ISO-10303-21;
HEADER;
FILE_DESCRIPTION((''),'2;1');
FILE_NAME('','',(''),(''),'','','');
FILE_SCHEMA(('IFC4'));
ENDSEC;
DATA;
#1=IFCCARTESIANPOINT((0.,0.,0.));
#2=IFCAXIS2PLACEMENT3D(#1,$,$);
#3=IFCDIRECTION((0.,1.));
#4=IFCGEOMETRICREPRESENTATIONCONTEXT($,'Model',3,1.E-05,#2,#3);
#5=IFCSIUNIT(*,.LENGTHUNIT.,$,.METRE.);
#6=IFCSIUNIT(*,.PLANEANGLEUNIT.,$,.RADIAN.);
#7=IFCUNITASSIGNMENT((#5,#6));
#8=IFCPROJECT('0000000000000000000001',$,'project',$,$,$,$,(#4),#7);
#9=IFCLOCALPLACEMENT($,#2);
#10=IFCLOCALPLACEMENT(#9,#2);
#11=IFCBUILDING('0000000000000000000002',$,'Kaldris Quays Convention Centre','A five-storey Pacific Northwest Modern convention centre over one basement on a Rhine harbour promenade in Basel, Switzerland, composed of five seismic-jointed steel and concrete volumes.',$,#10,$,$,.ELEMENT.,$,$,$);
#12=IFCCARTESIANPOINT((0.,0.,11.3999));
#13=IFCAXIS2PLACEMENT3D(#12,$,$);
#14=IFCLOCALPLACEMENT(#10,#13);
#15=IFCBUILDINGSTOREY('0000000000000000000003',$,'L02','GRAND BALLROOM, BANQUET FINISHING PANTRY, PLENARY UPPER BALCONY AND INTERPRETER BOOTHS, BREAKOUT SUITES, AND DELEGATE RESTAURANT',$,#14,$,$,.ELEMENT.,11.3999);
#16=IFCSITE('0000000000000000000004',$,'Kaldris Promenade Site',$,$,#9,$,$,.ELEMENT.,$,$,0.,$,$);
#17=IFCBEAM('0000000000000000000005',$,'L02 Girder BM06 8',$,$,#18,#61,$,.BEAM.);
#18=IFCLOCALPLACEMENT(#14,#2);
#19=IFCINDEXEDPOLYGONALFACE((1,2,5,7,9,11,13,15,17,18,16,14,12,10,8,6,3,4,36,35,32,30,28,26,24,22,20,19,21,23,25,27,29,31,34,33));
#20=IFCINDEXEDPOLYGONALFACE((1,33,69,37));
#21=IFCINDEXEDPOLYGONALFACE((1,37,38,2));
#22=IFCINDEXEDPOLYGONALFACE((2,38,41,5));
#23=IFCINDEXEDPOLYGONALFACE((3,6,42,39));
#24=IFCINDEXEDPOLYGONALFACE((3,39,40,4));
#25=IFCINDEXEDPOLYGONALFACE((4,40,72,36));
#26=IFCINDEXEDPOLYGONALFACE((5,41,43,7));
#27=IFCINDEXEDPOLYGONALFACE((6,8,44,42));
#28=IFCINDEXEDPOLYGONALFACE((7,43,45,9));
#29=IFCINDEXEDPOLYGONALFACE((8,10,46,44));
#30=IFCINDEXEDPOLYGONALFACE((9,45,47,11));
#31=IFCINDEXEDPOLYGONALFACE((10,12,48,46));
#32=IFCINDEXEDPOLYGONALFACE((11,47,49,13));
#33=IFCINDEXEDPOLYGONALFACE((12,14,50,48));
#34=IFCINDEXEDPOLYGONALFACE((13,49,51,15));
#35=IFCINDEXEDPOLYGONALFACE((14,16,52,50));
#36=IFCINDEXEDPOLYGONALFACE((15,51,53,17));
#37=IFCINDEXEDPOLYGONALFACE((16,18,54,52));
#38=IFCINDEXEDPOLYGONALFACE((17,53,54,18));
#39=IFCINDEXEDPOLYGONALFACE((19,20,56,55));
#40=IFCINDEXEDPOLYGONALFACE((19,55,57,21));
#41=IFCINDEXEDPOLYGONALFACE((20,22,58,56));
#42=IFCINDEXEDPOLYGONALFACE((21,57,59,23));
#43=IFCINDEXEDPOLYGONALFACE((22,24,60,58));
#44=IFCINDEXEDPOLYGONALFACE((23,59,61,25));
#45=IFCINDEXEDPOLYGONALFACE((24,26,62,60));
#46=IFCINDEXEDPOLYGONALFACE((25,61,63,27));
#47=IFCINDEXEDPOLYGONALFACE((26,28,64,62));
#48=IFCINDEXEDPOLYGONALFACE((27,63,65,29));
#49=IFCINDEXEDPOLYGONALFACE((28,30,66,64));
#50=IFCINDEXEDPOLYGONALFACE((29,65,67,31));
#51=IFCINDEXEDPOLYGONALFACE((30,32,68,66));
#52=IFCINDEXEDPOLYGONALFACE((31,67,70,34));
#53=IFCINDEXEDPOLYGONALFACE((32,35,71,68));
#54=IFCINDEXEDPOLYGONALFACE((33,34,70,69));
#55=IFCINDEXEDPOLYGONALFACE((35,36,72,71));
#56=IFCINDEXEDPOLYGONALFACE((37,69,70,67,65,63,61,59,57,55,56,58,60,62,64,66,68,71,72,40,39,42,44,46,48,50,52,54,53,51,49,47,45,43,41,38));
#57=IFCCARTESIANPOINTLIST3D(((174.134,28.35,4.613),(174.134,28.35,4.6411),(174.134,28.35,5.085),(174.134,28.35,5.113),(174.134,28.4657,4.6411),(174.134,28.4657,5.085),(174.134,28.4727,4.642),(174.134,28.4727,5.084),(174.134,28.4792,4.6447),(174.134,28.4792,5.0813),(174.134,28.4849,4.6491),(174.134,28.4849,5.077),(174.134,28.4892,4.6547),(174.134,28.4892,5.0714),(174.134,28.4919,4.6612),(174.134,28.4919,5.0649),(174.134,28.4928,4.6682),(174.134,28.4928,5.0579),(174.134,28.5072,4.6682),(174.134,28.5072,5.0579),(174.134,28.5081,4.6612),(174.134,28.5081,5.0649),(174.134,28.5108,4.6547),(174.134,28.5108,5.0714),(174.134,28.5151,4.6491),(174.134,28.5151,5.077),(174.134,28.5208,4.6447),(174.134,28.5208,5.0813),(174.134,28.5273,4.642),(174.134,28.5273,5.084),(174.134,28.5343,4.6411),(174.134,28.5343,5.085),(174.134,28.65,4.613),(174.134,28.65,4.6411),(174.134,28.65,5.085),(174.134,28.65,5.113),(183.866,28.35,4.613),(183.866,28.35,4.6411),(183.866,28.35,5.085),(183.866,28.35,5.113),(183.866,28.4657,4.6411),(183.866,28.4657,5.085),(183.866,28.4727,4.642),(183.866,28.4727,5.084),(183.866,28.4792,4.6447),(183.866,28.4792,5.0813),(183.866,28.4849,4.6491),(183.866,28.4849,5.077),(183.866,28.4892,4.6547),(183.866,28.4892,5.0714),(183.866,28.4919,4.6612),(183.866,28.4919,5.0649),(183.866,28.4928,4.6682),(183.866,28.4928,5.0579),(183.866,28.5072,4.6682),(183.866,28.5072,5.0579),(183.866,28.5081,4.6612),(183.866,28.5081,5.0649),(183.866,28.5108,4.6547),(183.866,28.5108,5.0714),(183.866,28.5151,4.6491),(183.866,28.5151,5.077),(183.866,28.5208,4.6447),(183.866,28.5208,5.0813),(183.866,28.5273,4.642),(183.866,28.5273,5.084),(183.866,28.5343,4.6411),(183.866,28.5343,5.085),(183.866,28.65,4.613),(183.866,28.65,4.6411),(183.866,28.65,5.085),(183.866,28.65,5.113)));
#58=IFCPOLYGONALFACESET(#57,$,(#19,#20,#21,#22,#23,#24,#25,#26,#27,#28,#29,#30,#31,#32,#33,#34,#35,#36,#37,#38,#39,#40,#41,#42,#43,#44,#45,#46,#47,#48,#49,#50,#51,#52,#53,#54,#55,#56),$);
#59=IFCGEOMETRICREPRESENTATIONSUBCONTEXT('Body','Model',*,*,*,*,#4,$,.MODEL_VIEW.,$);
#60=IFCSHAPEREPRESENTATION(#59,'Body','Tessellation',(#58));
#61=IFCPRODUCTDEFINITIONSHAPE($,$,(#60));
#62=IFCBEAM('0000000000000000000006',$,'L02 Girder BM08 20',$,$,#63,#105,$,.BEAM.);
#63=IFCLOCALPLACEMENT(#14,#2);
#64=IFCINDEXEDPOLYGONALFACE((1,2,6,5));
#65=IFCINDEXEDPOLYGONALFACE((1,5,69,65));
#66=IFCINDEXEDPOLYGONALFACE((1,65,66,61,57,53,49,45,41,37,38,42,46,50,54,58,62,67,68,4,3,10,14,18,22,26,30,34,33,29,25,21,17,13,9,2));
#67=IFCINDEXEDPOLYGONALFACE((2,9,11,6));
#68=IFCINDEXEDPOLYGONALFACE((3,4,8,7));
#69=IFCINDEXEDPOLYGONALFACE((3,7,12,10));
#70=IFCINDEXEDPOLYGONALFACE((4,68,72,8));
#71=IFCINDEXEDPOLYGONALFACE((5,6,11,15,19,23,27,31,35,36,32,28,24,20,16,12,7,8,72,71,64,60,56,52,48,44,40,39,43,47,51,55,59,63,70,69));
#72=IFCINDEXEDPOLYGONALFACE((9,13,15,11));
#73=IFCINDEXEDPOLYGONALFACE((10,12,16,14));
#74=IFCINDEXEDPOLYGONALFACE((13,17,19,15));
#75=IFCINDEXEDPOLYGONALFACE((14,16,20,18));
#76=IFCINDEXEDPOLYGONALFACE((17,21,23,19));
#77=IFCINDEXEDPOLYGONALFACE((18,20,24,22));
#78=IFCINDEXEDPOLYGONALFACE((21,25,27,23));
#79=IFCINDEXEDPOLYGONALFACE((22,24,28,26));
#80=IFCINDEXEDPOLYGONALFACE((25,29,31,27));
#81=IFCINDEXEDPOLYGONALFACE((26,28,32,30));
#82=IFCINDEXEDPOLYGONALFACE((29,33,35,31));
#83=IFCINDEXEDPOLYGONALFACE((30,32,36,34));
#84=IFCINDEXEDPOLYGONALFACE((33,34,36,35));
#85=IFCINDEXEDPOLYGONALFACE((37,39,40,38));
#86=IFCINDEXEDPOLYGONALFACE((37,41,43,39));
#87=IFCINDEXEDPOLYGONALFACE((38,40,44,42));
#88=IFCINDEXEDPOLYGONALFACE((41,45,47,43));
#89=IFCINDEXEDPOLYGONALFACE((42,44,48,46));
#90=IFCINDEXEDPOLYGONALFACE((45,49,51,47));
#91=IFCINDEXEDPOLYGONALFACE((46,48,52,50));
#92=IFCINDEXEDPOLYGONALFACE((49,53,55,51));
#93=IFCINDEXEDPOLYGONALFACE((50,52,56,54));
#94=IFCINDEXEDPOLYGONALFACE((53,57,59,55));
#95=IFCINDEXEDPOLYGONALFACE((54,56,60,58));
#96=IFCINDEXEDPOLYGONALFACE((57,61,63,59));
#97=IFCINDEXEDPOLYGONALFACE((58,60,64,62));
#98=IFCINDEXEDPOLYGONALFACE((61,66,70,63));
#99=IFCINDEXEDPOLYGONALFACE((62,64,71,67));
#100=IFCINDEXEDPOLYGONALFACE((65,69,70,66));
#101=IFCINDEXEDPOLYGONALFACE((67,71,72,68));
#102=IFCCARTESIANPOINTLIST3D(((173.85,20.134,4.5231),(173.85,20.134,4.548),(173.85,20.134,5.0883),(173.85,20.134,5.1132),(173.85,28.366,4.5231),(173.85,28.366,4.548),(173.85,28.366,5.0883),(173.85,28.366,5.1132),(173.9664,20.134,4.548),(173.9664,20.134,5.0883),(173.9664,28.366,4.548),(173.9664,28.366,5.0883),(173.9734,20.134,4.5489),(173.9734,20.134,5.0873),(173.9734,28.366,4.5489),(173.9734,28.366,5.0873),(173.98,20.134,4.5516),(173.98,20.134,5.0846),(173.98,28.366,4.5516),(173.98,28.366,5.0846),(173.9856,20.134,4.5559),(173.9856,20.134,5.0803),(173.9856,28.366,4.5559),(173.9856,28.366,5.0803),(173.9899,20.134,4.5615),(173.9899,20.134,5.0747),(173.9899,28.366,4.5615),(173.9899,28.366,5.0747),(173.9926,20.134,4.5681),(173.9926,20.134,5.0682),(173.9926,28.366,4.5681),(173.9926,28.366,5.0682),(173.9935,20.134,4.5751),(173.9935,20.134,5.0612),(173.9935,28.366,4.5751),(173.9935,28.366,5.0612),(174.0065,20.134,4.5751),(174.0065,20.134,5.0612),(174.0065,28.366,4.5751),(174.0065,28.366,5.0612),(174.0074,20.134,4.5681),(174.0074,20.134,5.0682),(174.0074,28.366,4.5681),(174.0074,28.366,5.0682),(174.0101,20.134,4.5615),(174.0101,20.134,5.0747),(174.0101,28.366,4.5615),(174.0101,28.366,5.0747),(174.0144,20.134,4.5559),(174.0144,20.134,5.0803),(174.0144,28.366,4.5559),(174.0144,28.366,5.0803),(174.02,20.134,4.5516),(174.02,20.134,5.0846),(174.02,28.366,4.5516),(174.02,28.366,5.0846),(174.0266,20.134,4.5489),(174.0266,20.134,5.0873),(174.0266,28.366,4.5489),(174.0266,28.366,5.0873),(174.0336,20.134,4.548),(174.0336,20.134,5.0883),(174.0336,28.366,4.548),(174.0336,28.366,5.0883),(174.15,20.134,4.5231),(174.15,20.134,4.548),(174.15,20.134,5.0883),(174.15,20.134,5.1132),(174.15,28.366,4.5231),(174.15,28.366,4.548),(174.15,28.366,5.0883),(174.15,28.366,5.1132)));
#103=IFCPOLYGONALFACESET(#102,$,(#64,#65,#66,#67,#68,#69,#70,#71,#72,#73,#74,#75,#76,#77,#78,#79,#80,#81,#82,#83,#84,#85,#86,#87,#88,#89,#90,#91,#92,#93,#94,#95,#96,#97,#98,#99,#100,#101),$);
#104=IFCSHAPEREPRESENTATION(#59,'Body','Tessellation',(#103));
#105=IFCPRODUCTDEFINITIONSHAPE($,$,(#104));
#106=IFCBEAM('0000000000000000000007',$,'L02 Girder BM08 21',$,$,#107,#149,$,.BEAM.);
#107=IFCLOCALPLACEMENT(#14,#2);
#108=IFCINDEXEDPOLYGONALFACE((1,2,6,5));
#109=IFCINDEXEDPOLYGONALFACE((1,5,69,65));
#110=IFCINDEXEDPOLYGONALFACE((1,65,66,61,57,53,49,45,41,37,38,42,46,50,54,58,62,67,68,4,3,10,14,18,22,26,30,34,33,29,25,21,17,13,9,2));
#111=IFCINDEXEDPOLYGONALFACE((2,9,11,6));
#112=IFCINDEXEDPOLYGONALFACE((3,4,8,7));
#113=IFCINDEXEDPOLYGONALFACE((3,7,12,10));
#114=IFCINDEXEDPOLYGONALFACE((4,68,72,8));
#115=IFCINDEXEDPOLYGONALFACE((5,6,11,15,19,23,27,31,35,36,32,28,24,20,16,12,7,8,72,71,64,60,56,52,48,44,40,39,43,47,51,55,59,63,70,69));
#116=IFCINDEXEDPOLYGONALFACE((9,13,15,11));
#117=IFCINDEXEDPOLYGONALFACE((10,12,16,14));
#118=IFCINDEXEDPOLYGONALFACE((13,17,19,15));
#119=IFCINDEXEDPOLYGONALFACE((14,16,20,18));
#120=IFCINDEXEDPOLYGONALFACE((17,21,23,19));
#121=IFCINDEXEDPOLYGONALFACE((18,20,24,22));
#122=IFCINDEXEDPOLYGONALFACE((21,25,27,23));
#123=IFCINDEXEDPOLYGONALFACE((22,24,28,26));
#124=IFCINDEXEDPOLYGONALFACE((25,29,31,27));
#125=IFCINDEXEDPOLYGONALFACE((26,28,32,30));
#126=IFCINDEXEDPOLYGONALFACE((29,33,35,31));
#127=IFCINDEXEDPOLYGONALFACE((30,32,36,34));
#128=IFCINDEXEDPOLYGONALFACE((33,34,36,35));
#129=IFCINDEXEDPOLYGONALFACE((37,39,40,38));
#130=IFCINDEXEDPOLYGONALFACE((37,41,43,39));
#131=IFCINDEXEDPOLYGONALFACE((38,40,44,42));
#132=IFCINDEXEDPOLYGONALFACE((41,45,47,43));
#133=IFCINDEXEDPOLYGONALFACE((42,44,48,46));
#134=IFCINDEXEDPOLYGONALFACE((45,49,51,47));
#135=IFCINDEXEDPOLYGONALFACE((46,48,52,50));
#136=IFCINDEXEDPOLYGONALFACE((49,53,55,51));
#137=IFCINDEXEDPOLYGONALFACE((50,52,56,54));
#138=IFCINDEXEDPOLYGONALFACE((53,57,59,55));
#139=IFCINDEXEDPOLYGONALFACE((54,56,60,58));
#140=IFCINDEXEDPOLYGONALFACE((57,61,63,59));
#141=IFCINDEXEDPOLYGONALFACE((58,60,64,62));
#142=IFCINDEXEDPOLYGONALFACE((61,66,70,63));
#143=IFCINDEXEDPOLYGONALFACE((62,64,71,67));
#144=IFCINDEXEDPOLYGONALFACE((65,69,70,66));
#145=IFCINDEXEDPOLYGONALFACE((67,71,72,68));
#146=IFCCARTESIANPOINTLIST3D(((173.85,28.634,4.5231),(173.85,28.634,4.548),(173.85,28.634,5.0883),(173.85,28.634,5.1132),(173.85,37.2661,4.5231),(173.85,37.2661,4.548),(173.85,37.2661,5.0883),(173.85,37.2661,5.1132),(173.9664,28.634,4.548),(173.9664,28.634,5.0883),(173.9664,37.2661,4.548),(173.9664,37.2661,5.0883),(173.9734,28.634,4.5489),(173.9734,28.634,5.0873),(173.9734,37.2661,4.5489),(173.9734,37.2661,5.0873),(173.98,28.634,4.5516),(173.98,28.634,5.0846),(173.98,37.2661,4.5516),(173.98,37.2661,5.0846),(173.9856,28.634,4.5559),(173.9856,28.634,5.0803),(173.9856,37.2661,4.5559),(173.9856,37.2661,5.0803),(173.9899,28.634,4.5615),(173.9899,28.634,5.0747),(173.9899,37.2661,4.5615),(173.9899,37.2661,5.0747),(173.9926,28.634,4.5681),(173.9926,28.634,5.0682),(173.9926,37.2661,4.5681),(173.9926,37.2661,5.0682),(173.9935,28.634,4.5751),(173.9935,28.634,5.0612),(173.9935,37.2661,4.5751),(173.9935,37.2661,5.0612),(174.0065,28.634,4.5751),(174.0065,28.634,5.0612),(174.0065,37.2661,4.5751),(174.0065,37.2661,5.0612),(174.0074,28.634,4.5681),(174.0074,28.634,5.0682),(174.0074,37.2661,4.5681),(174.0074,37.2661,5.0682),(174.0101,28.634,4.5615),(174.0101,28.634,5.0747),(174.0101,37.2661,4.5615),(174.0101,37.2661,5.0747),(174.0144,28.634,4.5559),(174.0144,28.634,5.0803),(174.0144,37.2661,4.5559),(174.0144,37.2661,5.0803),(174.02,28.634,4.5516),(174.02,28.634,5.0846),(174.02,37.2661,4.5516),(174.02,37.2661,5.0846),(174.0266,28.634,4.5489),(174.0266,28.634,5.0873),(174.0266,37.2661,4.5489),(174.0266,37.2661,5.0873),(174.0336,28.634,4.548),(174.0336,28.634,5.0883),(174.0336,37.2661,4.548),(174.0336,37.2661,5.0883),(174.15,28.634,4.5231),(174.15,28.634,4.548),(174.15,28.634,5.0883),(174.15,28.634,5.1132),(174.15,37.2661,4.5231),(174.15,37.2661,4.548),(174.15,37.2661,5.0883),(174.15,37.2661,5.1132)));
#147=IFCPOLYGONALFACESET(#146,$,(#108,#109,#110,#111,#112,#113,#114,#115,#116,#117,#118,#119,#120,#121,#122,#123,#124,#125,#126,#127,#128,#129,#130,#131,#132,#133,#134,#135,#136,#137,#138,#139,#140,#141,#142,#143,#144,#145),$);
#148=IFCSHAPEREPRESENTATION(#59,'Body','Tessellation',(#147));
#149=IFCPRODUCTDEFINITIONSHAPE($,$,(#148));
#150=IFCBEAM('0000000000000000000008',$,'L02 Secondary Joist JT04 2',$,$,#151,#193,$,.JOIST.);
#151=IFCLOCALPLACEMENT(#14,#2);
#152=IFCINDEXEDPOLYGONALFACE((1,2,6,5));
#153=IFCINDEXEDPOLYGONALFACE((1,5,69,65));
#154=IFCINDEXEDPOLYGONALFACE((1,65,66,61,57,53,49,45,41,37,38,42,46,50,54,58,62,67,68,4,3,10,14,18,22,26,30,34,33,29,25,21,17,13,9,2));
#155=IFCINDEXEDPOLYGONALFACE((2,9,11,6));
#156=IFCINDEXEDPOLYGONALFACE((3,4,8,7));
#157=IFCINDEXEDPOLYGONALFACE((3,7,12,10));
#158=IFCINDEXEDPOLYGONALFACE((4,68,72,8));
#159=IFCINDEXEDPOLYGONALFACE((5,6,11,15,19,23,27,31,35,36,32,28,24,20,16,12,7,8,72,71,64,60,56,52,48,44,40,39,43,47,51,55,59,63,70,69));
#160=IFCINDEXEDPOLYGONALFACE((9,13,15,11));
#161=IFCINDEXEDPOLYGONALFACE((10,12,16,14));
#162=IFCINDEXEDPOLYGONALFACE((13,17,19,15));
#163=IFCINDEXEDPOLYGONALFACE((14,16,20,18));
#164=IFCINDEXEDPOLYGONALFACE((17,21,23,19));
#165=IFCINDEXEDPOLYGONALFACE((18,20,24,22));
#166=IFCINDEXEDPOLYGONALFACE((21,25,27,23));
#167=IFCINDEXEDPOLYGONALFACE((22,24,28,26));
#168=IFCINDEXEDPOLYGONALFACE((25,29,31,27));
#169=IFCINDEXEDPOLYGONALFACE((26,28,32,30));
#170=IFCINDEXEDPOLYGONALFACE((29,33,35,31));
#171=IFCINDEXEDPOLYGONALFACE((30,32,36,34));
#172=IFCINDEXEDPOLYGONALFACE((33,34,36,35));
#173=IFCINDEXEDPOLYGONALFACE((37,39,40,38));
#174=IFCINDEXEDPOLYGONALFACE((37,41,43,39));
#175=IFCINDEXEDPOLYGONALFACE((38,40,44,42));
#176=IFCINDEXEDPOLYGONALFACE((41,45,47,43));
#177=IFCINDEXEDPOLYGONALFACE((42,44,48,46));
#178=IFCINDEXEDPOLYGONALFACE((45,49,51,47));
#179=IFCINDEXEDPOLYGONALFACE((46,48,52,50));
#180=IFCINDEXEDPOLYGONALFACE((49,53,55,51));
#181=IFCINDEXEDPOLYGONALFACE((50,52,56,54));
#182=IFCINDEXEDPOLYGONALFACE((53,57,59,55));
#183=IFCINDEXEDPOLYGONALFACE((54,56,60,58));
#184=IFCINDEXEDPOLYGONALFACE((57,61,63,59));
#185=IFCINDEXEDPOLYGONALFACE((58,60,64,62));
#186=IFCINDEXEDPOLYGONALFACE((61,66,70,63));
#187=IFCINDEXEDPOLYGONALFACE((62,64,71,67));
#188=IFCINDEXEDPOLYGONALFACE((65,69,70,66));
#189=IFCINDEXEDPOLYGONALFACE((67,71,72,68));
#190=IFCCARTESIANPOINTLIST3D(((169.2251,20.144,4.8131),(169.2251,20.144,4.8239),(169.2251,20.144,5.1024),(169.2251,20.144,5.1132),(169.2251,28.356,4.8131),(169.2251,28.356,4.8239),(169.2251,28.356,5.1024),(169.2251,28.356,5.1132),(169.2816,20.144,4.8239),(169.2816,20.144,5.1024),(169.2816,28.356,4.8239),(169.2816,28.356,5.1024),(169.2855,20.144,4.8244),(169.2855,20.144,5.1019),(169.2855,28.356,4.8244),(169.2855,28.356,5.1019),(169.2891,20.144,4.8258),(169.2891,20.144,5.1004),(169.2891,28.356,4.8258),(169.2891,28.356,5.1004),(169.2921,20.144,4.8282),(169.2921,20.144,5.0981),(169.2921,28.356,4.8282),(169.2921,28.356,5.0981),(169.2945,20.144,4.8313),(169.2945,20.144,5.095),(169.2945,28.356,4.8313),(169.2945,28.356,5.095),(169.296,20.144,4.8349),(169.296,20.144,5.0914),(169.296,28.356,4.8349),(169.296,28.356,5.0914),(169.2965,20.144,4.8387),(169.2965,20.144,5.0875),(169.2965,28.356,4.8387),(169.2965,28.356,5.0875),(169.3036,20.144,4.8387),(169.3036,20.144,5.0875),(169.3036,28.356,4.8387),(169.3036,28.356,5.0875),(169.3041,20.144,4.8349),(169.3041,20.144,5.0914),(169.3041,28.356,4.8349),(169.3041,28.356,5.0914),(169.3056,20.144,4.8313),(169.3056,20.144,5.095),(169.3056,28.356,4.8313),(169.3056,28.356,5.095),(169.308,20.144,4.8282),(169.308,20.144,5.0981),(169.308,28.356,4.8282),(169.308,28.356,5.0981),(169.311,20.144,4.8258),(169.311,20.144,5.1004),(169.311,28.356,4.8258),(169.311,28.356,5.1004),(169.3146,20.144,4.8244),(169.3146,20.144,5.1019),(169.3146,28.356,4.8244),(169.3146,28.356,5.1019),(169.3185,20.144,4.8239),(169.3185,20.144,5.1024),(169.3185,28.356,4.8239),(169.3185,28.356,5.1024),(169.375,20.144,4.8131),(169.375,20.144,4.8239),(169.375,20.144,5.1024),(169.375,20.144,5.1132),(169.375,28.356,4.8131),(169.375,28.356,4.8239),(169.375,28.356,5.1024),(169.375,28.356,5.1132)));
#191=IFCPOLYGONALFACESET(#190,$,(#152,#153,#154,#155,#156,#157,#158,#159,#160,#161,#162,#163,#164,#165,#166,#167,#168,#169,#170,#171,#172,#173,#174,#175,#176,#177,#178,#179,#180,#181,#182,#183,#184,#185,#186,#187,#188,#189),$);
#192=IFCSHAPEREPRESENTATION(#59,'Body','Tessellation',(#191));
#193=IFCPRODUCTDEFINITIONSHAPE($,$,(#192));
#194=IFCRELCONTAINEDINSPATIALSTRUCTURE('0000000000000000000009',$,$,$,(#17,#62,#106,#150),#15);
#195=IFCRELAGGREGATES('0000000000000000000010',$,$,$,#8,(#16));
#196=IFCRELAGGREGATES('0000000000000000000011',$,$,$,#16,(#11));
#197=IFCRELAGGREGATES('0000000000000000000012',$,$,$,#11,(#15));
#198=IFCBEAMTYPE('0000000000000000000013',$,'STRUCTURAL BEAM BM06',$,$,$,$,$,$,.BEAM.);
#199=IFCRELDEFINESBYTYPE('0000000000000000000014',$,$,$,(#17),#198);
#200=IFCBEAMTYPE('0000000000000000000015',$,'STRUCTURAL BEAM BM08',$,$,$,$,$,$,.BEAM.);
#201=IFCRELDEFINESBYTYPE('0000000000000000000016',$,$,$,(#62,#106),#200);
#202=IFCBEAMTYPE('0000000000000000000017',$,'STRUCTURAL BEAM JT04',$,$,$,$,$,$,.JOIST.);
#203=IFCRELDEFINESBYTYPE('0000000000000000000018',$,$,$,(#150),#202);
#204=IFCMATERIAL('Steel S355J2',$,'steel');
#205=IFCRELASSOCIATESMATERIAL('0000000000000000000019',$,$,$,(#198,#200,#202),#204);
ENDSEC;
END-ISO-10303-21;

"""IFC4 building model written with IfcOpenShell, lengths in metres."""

from ifc_helpers import new_model, si_unit, direction, frame, origin, origin_2d, place, context, subcontext, project, spatial, i_section, extrude, material, material_profile, profile_set, type_object, element, save


model = new_model("IFC4")

# Units and contexts
model_context = context("Model", 3, precision=1e-05, world=origin(), true_north=direction((0.0, 1.0)))
body_context = subcontext(model_context, "Body", "Model", "MODEL_VIEW")
ifc_project = project(units=[si_unit("LENGTHUNIT", "METRE"), si_unit("PLANEANGLEUNIT", "RADIAN")], contexts=[model_context])

# Site, building, storey
site_placement = place(None, origin())
site = spatial("IfcSite", under=ifc_project, at=site_placement, Name="Kaldris Promenade Site", CompositionType="ELEMENT", RefElevation=0.0)
building_placement = place(site_placement, origin())
building = spatial("IfcBuilding", under=site, at=building_placement, Name="Kaldris Quays Convention Centre", Description="A five-storey Pacific Northwest Modern convention centre over one basement on a Rhine harbour promenade in Basel, Switzerland, composed of five seismic-jointed steel and concrete volumes.", CompositionType="ELEMENT")
storey_placement = place(building_placement, frame((0.0, 0.0, 11.3999)))
storey = spatial("IfcBuildingStorey", under=building, at=storey_placement, Name="L02", Description="GRAND BALLROOM, BANQUET FINISHING PANTRY, PLENARY UPPER BALCONY AND INTERPRETER BOOTHS, BREAKOUT SUITES, AND DELEGATE RESTAURANT", CompositionType="ELEMENT", Elevation=11.3999)

# Shared definitions
ifc_material_1 = material(Name="Steel S355J2", Category="steel")

# Beams
ifc_material_profile_1 = material_profile(ifc_material_1, i_section(OverallWidth=0.3, OverallDepth=0.5, WebThickness=0.0144, FlangeThickness=0.0281, FilletRadius=0.0271, at=origin_2d()), Name="HEB 500")
ifc_profile_set_1 = profile_set([ifc_material_profile_1], Name="Steel S355J2")
beam_type_1 = type_object("IfcBeamType", Name="STRUCTURAL BEAM BM06", PredefinedType="BEAM", material=ifc_profile_set_1)
for number, where, z_axis, x_axis, name in (
    (1, (174.134, 28.5, 4.863), (1.0, 0.0, 0.0), (0.0, 1.0, 0.0), "L02 Girder BM06 8"),
):
    element("IfcBeam", number, at=place(storey_placement, frame(where, z_axis=z_axis, x_axis=x_axis)), inside=storey, type_object=beam_type_1, Name=name, PredefinedType="BEAM", context=body_context, shape_type="SweptSolid", body=[
        extrude(i_section(OverallWidth=0.3, OverallDepth=0.5, WebThickness=0.0144, FlangeThickness=0.0281, FilletRadius=0.0271, at=origin_2d()), origin(), (0.0, 0.0, 1.0), 9.7319),
    ])
ifc_material_profile_2 = material_profile(ifc_material_1, i_section(OverallWidth=0.3, OverallDepth=0.5901, WebThickness=0.0129, FlangeThickness=0.0249, FilletRadius=0.0271, at=origin_2d()), Name="HEA 600")
ifc_profile_set_2 = profile_set([ifc_material_profile_2], Name="Steel S355J2")
beam_type_2 = type_object("IfcBeamType", Name="STRUCTURAL BEAM BM08", PredefinedType="BEAM", material=ifc_profile_set_2)
beam_1_placement = place(storey_placement, frame((174.0, 20.134, 4.8181), z_axis=(0.0, 1.0, 0.0), x_axis=(-1.0, 0.0, 0.0)))
element("IfcBeam", 2, at=beam_1_placement, inside=storey, type_object=beam_type_2, Name="L02 Girder BM08 20", PredefinedType="BEAM", context=body_context, shape_type="SweptSolid", body=[
    extrude(i_section(OverallWidth=0.3, OverallDepth=0.5901, WebThickness=0.0129, FlangeThickness=0.0249, FilletRadius=0.0271, at=origin_2d()), origin(), (0.0, 0.0, 1.0), 8.2319),
])
beam_2_placement = place(storey_placement, frame((174.0, 28.634, 4.8181), z_axis=(0.0, 1.0, 0.0), x_axis=(-1.0, 0.0, 0.0)))
element("IfcBeam", 3, at=beam_2_placement, inside=storey, type_object=beam_type_2, Name="L02 Girder BM08 21", PredefinedType="BEAM", context=body_context, shape_type="SweptSolid", body=[
    extrude(i_section(OverallWidth=0.3, OverallDepth=0.5901, WebThickness=0.0129, FlangeThickness=0.0249, FilletRadius=0.0271, at=origin_2d()), origin(), (0.0, 0.0, 1.0), 8.6321),
])
ifc_material_profile_3 = material_profile(ifc_material_1, i_section(OverallWidth=0.1499, OverallDepth=0.3, WebThickness=0.0071, FlangeThickness=0.0107, FilletRadius=0.0149, at=origin_2d()), Name="IPE 300")
ifc_profile_set_3 = profile_set([ifc_material_profile_3], Name="Steel S355J2")
beam_type_3 = type_object("IfcBeamType", Name="STRUCTURAL BEAM JT04", PredefinedType="JOIST", material=ifc_profile_set_3)
beam_3_placement = place(storey_placement, frame((169.3, 20.144, 4.9631), z_axis=(0.0, 1.0, 0.0), x_axis=(-1.0, 0.0, 0.0)))
element("IfcBeam", 4, at=beam_3_placement, inside=storey, type_object=beam_type_3, Name="L02 Secondary Joist JT04 2", PredefinedType="JOIST", context=body_context, shape_type="SweptSolid", body=[
    extrude(i_section(OverallWidth=0.1499, OverallDepth=0.3, WebThickness=0.0071, FlangeThickness=0.0107, FilletRadius=0.0149, at=origin_2d()), origin(), (0.0, 0.0, 1.0), 8.2119),
])

save(model, "model.ifc")
